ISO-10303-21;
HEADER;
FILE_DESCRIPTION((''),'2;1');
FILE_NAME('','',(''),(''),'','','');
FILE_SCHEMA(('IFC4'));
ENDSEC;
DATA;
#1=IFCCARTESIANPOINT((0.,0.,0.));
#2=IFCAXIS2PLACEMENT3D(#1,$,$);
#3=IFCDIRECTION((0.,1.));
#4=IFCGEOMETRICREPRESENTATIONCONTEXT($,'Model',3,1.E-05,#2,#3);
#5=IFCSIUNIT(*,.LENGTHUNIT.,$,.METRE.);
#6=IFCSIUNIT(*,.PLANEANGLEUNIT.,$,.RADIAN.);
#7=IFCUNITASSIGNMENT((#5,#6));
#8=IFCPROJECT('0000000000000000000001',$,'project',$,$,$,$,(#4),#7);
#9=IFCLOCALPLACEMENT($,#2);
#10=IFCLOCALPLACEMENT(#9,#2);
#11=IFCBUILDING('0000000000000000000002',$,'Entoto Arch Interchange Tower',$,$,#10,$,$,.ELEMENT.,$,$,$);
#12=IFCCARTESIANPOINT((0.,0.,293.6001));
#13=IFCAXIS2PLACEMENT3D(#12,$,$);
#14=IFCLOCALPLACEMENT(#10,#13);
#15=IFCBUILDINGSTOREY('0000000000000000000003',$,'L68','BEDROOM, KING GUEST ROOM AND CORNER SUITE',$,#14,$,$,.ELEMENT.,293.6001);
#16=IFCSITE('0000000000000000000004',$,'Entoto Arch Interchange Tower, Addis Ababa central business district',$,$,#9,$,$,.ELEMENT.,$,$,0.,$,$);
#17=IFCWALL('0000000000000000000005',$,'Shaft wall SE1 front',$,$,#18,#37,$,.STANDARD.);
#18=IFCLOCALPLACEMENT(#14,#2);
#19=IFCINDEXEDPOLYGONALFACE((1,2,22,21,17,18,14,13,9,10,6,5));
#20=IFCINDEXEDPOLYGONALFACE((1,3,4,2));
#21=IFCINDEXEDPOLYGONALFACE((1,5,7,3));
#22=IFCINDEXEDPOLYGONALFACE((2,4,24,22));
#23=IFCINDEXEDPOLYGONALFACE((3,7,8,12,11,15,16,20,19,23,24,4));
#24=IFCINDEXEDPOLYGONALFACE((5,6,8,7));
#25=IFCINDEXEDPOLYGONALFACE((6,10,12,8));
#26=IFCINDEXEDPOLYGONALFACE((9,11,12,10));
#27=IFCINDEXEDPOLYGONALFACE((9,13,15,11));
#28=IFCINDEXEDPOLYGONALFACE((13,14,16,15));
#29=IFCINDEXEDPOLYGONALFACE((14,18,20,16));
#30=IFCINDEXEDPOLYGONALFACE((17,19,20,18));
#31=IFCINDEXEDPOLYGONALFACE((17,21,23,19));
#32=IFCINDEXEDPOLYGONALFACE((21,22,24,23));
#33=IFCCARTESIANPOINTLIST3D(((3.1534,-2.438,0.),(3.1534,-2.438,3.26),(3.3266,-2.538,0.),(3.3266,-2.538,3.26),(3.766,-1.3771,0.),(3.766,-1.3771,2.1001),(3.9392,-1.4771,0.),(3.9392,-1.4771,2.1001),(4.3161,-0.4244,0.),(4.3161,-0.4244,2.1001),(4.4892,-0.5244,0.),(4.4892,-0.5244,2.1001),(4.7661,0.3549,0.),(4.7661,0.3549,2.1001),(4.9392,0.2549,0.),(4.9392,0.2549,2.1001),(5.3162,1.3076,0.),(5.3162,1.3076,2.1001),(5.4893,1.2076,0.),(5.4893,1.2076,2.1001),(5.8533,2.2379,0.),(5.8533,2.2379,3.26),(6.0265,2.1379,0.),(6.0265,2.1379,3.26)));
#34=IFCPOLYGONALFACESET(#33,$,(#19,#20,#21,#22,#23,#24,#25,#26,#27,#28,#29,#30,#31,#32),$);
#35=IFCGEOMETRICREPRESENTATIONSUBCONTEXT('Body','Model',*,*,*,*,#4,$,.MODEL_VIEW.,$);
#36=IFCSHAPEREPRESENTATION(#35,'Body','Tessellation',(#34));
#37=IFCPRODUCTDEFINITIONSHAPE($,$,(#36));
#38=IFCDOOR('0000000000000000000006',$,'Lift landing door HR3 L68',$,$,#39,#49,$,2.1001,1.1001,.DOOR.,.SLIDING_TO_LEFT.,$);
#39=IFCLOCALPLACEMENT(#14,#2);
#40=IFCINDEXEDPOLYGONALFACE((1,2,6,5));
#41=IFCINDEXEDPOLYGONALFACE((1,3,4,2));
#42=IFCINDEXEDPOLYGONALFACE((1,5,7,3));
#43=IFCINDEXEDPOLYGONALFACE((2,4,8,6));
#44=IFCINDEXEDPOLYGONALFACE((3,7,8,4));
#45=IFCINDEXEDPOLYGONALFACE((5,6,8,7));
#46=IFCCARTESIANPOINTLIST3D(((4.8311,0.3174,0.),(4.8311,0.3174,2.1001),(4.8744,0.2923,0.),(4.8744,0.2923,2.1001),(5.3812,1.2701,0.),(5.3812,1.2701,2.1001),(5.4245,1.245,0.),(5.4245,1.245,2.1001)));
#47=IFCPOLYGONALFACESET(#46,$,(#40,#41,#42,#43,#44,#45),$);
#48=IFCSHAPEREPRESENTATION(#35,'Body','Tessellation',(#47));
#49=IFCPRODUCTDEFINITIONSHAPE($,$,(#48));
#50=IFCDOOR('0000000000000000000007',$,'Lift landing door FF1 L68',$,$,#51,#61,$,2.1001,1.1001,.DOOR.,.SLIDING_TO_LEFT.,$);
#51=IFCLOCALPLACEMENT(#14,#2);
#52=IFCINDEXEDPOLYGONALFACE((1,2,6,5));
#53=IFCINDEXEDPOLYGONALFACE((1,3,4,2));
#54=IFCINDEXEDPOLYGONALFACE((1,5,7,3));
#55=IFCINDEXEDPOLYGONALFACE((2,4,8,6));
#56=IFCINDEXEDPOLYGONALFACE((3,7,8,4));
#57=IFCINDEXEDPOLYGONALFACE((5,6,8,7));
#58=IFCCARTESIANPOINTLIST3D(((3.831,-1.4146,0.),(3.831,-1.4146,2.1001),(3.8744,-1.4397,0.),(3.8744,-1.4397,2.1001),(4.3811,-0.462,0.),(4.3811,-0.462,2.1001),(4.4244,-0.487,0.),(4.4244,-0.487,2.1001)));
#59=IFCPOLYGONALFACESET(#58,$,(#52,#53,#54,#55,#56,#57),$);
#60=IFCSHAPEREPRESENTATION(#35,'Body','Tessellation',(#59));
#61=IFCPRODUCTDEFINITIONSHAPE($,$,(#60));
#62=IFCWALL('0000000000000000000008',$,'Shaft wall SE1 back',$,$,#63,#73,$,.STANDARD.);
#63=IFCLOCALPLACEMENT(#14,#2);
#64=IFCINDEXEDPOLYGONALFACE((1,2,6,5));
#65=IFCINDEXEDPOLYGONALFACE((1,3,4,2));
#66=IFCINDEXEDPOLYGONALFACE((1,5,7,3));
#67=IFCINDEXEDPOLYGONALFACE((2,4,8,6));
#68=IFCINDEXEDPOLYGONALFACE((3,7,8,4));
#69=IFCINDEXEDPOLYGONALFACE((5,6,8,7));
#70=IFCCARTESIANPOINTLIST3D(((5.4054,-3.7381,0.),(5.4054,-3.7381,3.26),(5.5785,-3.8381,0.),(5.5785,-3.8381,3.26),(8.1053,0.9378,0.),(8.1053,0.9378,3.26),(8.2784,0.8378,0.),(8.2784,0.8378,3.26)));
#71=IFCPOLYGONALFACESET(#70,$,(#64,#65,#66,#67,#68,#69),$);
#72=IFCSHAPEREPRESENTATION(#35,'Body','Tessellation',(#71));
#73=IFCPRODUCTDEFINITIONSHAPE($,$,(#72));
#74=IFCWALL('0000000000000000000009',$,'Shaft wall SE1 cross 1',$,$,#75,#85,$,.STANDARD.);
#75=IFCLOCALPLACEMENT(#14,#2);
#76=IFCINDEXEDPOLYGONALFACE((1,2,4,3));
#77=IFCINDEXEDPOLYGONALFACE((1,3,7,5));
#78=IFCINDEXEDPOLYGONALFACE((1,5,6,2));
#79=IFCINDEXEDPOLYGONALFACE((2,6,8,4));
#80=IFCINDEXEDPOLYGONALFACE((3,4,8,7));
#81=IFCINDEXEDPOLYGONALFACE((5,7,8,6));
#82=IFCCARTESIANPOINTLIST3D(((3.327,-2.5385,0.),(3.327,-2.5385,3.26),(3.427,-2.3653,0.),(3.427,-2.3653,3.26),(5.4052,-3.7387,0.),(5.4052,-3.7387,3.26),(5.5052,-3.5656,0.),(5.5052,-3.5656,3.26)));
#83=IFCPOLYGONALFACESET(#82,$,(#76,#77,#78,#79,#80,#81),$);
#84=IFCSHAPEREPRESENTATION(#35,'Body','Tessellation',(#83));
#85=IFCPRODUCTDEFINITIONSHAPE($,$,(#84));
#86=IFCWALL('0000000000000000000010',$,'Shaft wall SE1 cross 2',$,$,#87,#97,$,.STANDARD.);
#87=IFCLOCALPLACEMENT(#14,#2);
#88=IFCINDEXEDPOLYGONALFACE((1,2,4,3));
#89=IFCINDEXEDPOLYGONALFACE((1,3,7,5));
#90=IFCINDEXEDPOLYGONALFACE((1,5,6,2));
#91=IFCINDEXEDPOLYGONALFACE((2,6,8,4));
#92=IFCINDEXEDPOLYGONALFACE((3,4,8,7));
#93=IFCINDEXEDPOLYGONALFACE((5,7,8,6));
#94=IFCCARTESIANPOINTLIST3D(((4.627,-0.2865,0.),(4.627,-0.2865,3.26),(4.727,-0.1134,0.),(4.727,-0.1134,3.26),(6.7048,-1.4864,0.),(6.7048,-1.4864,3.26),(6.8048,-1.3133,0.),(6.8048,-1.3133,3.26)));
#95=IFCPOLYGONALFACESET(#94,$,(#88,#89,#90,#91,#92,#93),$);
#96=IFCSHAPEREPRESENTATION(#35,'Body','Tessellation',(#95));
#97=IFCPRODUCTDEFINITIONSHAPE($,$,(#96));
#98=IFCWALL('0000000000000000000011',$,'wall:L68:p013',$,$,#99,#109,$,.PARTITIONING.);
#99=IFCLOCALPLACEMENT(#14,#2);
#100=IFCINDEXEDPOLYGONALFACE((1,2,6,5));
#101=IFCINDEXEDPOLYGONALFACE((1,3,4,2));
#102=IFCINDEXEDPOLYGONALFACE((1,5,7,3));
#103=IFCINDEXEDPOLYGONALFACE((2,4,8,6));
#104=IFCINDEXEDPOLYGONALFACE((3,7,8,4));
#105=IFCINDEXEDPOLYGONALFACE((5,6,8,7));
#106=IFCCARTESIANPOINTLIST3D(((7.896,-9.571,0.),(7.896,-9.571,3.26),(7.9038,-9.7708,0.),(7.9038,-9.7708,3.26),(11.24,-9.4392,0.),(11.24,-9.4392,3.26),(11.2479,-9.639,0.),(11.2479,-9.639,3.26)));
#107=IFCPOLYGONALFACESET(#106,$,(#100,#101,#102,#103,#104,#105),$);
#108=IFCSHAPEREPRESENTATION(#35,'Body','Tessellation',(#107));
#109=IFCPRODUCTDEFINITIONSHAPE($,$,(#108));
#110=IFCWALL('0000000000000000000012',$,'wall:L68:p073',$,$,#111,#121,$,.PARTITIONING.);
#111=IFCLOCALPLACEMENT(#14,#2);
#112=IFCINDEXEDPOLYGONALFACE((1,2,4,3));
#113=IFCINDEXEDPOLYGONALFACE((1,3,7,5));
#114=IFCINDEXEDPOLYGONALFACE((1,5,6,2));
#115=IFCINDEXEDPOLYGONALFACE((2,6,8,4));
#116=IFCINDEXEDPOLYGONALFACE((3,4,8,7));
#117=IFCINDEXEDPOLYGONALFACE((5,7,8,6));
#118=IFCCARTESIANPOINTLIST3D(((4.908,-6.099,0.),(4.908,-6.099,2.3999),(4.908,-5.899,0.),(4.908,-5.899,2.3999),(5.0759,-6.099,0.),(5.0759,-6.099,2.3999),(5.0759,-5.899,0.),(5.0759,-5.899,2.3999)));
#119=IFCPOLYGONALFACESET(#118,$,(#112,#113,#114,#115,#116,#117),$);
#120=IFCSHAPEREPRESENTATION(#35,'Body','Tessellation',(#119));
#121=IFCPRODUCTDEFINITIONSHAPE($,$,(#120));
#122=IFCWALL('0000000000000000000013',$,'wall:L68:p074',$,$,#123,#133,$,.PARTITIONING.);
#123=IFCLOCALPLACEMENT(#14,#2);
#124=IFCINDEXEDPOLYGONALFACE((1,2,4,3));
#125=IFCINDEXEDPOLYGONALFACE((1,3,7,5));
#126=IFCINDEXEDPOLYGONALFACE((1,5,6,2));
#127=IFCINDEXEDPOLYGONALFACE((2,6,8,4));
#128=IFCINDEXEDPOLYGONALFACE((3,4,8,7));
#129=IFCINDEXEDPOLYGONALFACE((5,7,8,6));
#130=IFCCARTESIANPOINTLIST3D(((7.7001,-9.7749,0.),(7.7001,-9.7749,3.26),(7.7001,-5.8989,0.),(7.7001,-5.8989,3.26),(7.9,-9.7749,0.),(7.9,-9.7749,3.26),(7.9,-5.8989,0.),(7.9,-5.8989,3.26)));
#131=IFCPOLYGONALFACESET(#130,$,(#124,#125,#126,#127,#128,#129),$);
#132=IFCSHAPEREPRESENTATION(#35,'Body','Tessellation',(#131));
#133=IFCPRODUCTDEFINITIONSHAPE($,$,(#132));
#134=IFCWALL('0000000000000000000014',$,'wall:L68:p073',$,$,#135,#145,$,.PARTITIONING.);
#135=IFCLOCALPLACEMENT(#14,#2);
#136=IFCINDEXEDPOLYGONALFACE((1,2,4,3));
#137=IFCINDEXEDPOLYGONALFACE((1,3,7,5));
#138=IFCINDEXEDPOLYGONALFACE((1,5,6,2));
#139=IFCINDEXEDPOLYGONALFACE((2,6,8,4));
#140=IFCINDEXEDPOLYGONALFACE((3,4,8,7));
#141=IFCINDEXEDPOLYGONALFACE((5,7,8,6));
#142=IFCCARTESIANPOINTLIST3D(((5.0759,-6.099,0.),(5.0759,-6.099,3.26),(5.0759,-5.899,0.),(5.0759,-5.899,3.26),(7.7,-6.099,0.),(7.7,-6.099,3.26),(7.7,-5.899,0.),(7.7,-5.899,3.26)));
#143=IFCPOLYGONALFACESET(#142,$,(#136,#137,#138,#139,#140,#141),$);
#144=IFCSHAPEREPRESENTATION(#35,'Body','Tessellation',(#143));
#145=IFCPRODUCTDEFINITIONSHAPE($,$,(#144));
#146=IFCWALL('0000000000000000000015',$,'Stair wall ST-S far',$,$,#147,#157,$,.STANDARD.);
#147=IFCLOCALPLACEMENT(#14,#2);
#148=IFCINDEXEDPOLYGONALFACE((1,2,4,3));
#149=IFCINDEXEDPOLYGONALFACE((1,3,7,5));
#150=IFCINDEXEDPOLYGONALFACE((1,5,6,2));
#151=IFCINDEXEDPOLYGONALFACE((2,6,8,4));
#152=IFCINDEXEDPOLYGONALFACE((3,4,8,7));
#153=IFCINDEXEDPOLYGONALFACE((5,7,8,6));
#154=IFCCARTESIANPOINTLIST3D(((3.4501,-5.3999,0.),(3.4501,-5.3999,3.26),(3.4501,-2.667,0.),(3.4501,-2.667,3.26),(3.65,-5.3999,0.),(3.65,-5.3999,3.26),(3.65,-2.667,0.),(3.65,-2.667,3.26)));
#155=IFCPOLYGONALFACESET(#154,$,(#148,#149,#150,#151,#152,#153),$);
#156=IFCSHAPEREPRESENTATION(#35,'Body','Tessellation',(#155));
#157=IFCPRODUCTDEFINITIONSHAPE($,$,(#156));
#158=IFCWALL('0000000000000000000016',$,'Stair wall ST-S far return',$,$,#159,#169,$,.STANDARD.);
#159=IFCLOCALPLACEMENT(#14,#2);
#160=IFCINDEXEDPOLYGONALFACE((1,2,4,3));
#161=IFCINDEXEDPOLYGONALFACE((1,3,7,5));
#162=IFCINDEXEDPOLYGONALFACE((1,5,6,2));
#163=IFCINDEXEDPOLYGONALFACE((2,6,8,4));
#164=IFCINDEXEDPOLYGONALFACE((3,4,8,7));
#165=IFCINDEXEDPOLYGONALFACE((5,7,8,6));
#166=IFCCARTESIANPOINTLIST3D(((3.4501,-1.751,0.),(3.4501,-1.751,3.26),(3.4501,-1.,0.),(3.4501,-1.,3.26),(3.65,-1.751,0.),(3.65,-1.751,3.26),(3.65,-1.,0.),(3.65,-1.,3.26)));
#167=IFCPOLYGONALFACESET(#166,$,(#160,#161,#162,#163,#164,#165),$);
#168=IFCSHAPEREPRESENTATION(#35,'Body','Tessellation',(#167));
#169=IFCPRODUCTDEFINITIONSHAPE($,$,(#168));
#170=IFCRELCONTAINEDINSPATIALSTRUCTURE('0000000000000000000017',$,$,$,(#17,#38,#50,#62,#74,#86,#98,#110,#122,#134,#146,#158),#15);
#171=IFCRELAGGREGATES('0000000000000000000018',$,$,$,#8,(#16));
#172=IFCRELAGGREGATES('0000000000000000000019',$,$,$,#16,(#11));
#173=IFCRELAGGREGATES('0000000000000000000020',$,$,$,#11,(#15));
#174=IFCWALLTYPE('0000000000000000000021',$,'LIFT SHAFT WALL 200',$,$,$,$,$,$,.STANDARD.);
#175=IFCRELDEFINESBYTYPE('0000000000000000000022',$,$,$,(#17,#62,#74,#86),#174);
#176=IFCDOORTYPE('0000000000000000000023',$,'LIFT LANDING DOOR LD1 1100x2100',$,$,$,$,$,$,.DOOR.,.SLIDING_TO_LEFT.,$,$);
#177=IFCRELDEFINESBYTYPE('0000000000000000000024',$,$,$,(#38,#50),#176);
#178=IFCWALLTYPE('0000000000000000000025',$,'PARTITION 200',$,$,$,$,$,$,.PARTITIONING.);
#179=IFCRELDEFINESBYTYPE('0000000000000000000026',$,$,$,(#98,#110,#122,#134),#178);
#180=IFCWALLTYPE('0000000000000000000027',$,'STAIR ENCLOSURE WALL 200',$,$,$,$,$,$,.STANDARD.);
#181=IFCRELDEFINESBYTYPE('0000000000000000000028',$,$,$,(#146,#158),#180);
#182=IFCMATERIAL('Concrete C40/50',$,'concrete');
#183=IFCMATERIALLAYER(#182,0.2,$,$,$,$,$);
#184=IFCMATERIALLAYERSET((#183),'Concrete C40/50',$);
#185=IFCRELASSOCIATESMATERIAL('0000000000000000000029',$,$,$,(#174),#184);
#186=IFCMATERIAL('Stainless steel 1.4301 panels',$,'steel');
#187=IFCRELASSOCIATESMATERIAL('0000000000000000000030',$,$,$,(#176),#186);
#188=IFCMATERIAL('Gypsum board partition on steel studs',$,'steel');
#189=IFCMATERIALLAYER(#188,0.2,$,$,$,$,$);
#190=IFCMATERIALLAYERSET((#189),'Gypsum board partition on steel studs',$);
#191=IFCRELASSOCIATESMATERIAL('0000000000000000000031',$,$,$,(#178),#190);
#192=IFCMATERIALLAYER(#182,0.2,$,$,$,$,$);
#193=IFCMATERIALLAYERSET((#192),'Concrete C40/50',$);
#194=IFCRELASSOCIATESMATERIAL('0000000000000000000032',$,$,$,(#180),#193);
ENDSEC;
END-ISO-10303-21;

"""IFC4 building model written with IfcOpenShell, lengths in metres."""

from ifc_helpers import new_model, si_unit, direction, frame, frame_2d, origin, place, context, subcontext, project, spatial, rectangle, extrude, material, layer, layer_set, type_object, element, fill, save


model = new_model("IFC4")

# Units and contexts
model_context = context("Model", 3, precision=1e-05, world=origin(), true_north=direction((0.0, 1.0)))
body_context = subcontext(model_context, "Body", "Model", "MODEL_VIEW")
ifc_project = project(units=[si_unit("LENGTHUNIT", "METRE"), si_unit("PLANEANGLEUNIT", "RADIAN")], contexts=[model_context])

# Site, building, storey
site_placement = place(None, origin())
site = spatial("IfcSite", under=ifc_project, at=site_placement, Name="Entoto Arch Interchange Tower, Addis Ababa central business district", CompositionType="ELEMENT", RefElevation=0.0)
building_placement = place(site_placement, origin())
building = spatial("IfcBuilding", under=site, at=building_placement, Name="Entoto Arch Interchange Tower", CompositionType="ELEMENT")
storey_placement = place(building_placement, frame((0.0, 0.0, 293.6001)))
storey = spatial("IfcBuildingStorey", under=building, at=storey_placement, Name="L68", Description="BEDROOM, KING GUEST ROOM AND CORNER SUITE", CompositionType="ELEMENT", Elevation=293.6001)

# Shared definitions
ifc_material_1 = material(Name="Concrete C40/50", Category="concrete")

# Wall, openings, doors
ifc_layer_1 = layer(ifc_material_1, 0.2)
ifc_layer_set_1 = layer_set([ifc_layer_1], Name="Concrete C40/50")
wall_type_1 = type_object("IfcWallType", Name="LIFT SHAFT WALL 200", PredefinedType="STANDARD", material=ifc_layer_set_1)
wall_1_placement = place(storey_placement, frame((3.24, -2.488, 0.0), z_axis=(0.0, 0.0, 1.0), x_axis=(0.500034, 0.866006, 0.0)))
wall_1 = element("IfcWall", 1, at=wall_1_placement, inside=storey, type_object=wall_type_1, Name="Shaft wall SE1 front", PredefinedType="STANDARD", context=body_context, shape_type="SweptSolid", body=[
    extrude(rectangle(XDim=5.3994, YDim=0.2, at=frame_2d((2.6997, 0.0))), origin(), (0.0, 0.0, 1.0), 3.26),
])
opening_1_placement = place(wall_1_placement, frame((3.2251, 0.0, 0.0)))
opening_1 = element("IfcOpeningElement", 2, at=opening_1_placement, cuts=wall_1, PredefinedType="OPENING", context=body_context, shape_type="SweptSolid", body=[
    extrude(rectangle(XDim=1.1001, YDim=2.1001, at=frame_2d((0.55, 1.05))), frame((0.0, 0.1099, 0.0), z_axis=(0.0, -1.0, 0.0), x_axis=(1.0, 0.0, 0.0)), (0.0, 0.0, 1.0), 0.22),
])
opening_2_placement = place(wall_1_placement, frame((1.2251, 0.0, 0.0)))
opening_2 = element("IfcOpeningElement", 3, at=opening_2_placement, cuts=wall_1, PredefinedType="OPENING", context=body_context, shape_type="SweptSolid", body=[
    extrude(rectangle(XDim=1.1001, YDim=2.1001, at=frame_2d((0.55, 1.05))), frame((0.0, 0.1099, 0.0), z_axis=(0.0, -1.0, 0.0), x_axis=(1.0, 0.0, 0.0)), (0.0, 0.0, 1.0), 0.22),
])
ifc_material_2 = material(Name="Stainless steel 1.4301 panels", Category="steel")
door_type_1 = type_object("IfcDoorType", Name="LIFT LANDING DOOR LD1 1100x2100", OperationType="SLIDING_TO_LEFT", PredefinedType="DOOR", material=ifc_material_2)
door_1_placement = place(opening_1_placement, origin())
door_1 = element("IfcDoor", 4, at=door_1_placement, inside=storey, type_object=door_type_1, Name="Lift landing door HR3 L68", OperationType="SLIDING_TO_LEFT", OverallHeight=2.1001, OverallWidth=1.1001, PredefinedType="DOOR", context=body_context, shape_type="SweptSolid", body=[
    extrude(rectangle(XDim=1.1001, YDim=2.1001, at=frame_2d((0.55, 1.05))), frame((0.0, 0.0249, 0.0), z_axis=(0.0, -1.0, 0.0), x_axis=(1.0, 0.0, 0.0)), (0.0, 0.0, 1.0), 0.05),
])
fill(opening_1, door_1)
door_2_placement = place(opening_2_placement, origin())
door_2 = element("IfcDoor", 5, at=door_2_placement, inside=storey, type_object=door_type_1, Name="Lift landing door FF1 L68", OperationType="SLIDING_TO_LEFT", OverallHeight=2.1001, OverallWidth=1.1001, PredefinedType="DOOR", context=body_context, shape_type="SweptSolid", body=[
    extrude(rectangle(XDim=1.1001, YDim=2.1001, at=frame_2d((0.55, 1.05))), frame((0.0, 0.0249, 0.0), z_axis=(0.0, -1.0, 0.0), x_axis=(1.0, 0.0, 0.0)), (0.0, 0.0, 1.0), 0.05),
])
fill(opening_2, door_2)

# Walls
wall_2_placement = place(storey_placement, frame((5.4919, -3.7881, 0.0), z_axis=(0.0, 0.0, 1.0), x_axis=(0.500034, 0.866006, 0.0)))
element("IfcWall", 6, at=wall_2_placement, inside=storey, type_object=wall_type_1, Name="Shaft wall SE1 back", PredefinedType="STANDARD", context=body_context, shape_type="SweptSolid", body=[
    extrude(rectangle(XDim=5.3994, YDim=0.2, at=frame_2d((2.6997, 0.0))), origin(), (0.0, 0.0, 1.0), 3.26),
])
wall_3_placement = place(storey_placement, frame((3.377, -2.4519, 0.0), z_axis=(0.0, 0.0, 1.0), x_axis=(0.865955, -0.500122, 0.0)))
element("IfcWall", 7, at=wall_3_placement, inside=storey, type_object=wall_type_1, Name="Shaft wall SE1 cross 1", PredefinedType="STANDARD", context=body_context, shape_type="SweptSolid", body=[
    extrude(rectangle(XDim=2.3999, YDim=0.2, at=frame_2d((1.2, 0.0))), origin(), (0.0, 0.0, 1.0), 3.26),
])
wall_4_placement = place(storey_placement, frame((4.677, -0.2, 0.0), z_axis=(0.0, 0.0, 1.0), x_axis=(0.865974, -0.500089, 0.0)))
element("IfcWall", 8, at=wall_4_placement, inside=storey, type_object=wall_type_1, Name="Shaft wall SE1 cross 2", PredefinedType="STANDARD", context=body_context, shape_type="SweptSolid", body=[
    extrude(rectangle(XDim=2.3994, YDim=0.2, at=frame_2d((1.1997, 0.0))), origin(), (0.0, 0.0, 1.0), 3.26),
])
ifc_material_3 = material(Name="Gypsum board partition on steel studs", Category="steel")
ifc_layer_2 = layer(ifc_material_3, 0.2)
ifc_layer_set_2 = layer_set([ifc_layer_2], Name="Gypsum board partition on steel studs")
wall_type_2 = type_object("IfcWallType", Name="PARTITION 200", PredefinedType="PARTITIONING", material=ifc_layer_set_2)
wall_5_placement = place(storey_placement, frame((7.8999, -9.6709, 0.0), z_axis=(0.0, 0.0, 1.0), x_axis=(0.999224, 0.039394, 0.0)))
element("IfcWall", 9, at=wall_5_placement, inside=storey, type_object=wall_type_2, Name="wall:L68:p013", PredefinedType="PARTITIONING", context=body_context, shape_type="SweptSolid", body=[
    extrude(rectangle(XDim=3.3467, YDim=0.2, at=frame_2d((1.6733, 0.0))), origin(), (0.0, 0.0, 1.0), 3.26),
])
wall_6_placement = place(storey_placement, frame((4.908, -5.999, 0.0), z_axis=(0.0, 0.0, 1.0), x_axis=(1.0, 0.0, 0.0)))
element("IfcWall", 10, at=wall_6_placement, inside=storey, type_object=wall_type_2, Name="wall:L68:p073", PredefinedType="PARTITIONING", context=body_context, shape_type="SweptSolid", body=[
    extrude(rectangle(XDim=0.168, YDim=0.2, at=frame_2d((0.084, 0.0))), origin(), (0.0, 0.0, 1.0), 2.3999),
])
wall_7_placement = place(storey_placement, frame((7.8, -5.8989, 0.0), z_axis=(0.0, 0.0, 1.0), x_axis=(0.0, -1.0, 0.0)))
element("IfcWall", 11, at=wall_7_placement, inside=storey, type_object=wall_type_2, Name="wall:L68:p074", PredefinedType="PARTITIONING", context=body_context, shape_type="SweptSolid", body=[
    extrude(rectangle(XDim=3.876, YDim=0.2, at=frame_2d((1.938, 0.0))), origin(), (0.0, 0.0, 1.0), 3.26),
])
wall_8_placement = place(storey_placement, frame((5.0759, -5.999, 0.0), z_axis=(0.0, 0.0, 1.0), x_axis=(1.0, 0.0, 0.0)))
element("IfcWall", 12, at=wall_8_placement, inside=storey, type_object=wall_type_2, Name="wall:L68:p073", PredefinedType="PARTITIONING", context=body_context, shape_type="SweptSolid", body=[
    extrude(rectangle(XDim=2.624, YDim=0.2, at=frame_2d((1.312, 0.0))), origin(), (0.0, 0.0, 1.0), 3.26),
])
ifc_layer_3 = layer(ifc_material_1, 0.2)
ifc_layer_set_3 = layer_set([ifc_layer_3], Name="Concrete C40/50")
wall_type_3 = type_object("IfcWallType", Name="STAIR ENCLOSURE WALL 200", PredefinedType="STANDARD", material=ifc_layer_set_3)
wall_9_placement = place(storey_placement, frame((3.55, -2.667, 0.0), z_axis=(0.0, 0.0, 1.0), x_axis=(0.0, -1.0, 0.0)))
element("IfcWall", 13, at=wall_9_placement, inside=storey, type_object=wall_type_3, Name="Stair wall ST-S far", PredefinedType="STANDARD", context=body_context, shape_type="SweptSolid", body=[
    extrude(rectangle(XDim=2.7329, YDim=0.2, at=frame_2d((1.3665, 0.0))), origin(), (0.0, 0.0, 1.0), 3.26),
])
wall_10_placement = place(storey_placement, frame((3.55, -1.0, 0.0), z_axis=(0.0, 0.0, 1.0), x_axis=(0.0, -1.0, 0.0)))
element("IfcWall", 14, at=wall_10_placement, inside=storey, type_object=wall_type_3, Name="Stair wall ST-S far return", PredefinedType="STANDARD", context=body_context, shape_type="SweptSolid", body=[
    extrude(rectangle(XDim=0.751, YDim=0.2, at=frame_2d((0.3755, 0.0))), origin(), (0.0, 0.0, 1.0), 3.26),
])

save(model, "model.ifc")
